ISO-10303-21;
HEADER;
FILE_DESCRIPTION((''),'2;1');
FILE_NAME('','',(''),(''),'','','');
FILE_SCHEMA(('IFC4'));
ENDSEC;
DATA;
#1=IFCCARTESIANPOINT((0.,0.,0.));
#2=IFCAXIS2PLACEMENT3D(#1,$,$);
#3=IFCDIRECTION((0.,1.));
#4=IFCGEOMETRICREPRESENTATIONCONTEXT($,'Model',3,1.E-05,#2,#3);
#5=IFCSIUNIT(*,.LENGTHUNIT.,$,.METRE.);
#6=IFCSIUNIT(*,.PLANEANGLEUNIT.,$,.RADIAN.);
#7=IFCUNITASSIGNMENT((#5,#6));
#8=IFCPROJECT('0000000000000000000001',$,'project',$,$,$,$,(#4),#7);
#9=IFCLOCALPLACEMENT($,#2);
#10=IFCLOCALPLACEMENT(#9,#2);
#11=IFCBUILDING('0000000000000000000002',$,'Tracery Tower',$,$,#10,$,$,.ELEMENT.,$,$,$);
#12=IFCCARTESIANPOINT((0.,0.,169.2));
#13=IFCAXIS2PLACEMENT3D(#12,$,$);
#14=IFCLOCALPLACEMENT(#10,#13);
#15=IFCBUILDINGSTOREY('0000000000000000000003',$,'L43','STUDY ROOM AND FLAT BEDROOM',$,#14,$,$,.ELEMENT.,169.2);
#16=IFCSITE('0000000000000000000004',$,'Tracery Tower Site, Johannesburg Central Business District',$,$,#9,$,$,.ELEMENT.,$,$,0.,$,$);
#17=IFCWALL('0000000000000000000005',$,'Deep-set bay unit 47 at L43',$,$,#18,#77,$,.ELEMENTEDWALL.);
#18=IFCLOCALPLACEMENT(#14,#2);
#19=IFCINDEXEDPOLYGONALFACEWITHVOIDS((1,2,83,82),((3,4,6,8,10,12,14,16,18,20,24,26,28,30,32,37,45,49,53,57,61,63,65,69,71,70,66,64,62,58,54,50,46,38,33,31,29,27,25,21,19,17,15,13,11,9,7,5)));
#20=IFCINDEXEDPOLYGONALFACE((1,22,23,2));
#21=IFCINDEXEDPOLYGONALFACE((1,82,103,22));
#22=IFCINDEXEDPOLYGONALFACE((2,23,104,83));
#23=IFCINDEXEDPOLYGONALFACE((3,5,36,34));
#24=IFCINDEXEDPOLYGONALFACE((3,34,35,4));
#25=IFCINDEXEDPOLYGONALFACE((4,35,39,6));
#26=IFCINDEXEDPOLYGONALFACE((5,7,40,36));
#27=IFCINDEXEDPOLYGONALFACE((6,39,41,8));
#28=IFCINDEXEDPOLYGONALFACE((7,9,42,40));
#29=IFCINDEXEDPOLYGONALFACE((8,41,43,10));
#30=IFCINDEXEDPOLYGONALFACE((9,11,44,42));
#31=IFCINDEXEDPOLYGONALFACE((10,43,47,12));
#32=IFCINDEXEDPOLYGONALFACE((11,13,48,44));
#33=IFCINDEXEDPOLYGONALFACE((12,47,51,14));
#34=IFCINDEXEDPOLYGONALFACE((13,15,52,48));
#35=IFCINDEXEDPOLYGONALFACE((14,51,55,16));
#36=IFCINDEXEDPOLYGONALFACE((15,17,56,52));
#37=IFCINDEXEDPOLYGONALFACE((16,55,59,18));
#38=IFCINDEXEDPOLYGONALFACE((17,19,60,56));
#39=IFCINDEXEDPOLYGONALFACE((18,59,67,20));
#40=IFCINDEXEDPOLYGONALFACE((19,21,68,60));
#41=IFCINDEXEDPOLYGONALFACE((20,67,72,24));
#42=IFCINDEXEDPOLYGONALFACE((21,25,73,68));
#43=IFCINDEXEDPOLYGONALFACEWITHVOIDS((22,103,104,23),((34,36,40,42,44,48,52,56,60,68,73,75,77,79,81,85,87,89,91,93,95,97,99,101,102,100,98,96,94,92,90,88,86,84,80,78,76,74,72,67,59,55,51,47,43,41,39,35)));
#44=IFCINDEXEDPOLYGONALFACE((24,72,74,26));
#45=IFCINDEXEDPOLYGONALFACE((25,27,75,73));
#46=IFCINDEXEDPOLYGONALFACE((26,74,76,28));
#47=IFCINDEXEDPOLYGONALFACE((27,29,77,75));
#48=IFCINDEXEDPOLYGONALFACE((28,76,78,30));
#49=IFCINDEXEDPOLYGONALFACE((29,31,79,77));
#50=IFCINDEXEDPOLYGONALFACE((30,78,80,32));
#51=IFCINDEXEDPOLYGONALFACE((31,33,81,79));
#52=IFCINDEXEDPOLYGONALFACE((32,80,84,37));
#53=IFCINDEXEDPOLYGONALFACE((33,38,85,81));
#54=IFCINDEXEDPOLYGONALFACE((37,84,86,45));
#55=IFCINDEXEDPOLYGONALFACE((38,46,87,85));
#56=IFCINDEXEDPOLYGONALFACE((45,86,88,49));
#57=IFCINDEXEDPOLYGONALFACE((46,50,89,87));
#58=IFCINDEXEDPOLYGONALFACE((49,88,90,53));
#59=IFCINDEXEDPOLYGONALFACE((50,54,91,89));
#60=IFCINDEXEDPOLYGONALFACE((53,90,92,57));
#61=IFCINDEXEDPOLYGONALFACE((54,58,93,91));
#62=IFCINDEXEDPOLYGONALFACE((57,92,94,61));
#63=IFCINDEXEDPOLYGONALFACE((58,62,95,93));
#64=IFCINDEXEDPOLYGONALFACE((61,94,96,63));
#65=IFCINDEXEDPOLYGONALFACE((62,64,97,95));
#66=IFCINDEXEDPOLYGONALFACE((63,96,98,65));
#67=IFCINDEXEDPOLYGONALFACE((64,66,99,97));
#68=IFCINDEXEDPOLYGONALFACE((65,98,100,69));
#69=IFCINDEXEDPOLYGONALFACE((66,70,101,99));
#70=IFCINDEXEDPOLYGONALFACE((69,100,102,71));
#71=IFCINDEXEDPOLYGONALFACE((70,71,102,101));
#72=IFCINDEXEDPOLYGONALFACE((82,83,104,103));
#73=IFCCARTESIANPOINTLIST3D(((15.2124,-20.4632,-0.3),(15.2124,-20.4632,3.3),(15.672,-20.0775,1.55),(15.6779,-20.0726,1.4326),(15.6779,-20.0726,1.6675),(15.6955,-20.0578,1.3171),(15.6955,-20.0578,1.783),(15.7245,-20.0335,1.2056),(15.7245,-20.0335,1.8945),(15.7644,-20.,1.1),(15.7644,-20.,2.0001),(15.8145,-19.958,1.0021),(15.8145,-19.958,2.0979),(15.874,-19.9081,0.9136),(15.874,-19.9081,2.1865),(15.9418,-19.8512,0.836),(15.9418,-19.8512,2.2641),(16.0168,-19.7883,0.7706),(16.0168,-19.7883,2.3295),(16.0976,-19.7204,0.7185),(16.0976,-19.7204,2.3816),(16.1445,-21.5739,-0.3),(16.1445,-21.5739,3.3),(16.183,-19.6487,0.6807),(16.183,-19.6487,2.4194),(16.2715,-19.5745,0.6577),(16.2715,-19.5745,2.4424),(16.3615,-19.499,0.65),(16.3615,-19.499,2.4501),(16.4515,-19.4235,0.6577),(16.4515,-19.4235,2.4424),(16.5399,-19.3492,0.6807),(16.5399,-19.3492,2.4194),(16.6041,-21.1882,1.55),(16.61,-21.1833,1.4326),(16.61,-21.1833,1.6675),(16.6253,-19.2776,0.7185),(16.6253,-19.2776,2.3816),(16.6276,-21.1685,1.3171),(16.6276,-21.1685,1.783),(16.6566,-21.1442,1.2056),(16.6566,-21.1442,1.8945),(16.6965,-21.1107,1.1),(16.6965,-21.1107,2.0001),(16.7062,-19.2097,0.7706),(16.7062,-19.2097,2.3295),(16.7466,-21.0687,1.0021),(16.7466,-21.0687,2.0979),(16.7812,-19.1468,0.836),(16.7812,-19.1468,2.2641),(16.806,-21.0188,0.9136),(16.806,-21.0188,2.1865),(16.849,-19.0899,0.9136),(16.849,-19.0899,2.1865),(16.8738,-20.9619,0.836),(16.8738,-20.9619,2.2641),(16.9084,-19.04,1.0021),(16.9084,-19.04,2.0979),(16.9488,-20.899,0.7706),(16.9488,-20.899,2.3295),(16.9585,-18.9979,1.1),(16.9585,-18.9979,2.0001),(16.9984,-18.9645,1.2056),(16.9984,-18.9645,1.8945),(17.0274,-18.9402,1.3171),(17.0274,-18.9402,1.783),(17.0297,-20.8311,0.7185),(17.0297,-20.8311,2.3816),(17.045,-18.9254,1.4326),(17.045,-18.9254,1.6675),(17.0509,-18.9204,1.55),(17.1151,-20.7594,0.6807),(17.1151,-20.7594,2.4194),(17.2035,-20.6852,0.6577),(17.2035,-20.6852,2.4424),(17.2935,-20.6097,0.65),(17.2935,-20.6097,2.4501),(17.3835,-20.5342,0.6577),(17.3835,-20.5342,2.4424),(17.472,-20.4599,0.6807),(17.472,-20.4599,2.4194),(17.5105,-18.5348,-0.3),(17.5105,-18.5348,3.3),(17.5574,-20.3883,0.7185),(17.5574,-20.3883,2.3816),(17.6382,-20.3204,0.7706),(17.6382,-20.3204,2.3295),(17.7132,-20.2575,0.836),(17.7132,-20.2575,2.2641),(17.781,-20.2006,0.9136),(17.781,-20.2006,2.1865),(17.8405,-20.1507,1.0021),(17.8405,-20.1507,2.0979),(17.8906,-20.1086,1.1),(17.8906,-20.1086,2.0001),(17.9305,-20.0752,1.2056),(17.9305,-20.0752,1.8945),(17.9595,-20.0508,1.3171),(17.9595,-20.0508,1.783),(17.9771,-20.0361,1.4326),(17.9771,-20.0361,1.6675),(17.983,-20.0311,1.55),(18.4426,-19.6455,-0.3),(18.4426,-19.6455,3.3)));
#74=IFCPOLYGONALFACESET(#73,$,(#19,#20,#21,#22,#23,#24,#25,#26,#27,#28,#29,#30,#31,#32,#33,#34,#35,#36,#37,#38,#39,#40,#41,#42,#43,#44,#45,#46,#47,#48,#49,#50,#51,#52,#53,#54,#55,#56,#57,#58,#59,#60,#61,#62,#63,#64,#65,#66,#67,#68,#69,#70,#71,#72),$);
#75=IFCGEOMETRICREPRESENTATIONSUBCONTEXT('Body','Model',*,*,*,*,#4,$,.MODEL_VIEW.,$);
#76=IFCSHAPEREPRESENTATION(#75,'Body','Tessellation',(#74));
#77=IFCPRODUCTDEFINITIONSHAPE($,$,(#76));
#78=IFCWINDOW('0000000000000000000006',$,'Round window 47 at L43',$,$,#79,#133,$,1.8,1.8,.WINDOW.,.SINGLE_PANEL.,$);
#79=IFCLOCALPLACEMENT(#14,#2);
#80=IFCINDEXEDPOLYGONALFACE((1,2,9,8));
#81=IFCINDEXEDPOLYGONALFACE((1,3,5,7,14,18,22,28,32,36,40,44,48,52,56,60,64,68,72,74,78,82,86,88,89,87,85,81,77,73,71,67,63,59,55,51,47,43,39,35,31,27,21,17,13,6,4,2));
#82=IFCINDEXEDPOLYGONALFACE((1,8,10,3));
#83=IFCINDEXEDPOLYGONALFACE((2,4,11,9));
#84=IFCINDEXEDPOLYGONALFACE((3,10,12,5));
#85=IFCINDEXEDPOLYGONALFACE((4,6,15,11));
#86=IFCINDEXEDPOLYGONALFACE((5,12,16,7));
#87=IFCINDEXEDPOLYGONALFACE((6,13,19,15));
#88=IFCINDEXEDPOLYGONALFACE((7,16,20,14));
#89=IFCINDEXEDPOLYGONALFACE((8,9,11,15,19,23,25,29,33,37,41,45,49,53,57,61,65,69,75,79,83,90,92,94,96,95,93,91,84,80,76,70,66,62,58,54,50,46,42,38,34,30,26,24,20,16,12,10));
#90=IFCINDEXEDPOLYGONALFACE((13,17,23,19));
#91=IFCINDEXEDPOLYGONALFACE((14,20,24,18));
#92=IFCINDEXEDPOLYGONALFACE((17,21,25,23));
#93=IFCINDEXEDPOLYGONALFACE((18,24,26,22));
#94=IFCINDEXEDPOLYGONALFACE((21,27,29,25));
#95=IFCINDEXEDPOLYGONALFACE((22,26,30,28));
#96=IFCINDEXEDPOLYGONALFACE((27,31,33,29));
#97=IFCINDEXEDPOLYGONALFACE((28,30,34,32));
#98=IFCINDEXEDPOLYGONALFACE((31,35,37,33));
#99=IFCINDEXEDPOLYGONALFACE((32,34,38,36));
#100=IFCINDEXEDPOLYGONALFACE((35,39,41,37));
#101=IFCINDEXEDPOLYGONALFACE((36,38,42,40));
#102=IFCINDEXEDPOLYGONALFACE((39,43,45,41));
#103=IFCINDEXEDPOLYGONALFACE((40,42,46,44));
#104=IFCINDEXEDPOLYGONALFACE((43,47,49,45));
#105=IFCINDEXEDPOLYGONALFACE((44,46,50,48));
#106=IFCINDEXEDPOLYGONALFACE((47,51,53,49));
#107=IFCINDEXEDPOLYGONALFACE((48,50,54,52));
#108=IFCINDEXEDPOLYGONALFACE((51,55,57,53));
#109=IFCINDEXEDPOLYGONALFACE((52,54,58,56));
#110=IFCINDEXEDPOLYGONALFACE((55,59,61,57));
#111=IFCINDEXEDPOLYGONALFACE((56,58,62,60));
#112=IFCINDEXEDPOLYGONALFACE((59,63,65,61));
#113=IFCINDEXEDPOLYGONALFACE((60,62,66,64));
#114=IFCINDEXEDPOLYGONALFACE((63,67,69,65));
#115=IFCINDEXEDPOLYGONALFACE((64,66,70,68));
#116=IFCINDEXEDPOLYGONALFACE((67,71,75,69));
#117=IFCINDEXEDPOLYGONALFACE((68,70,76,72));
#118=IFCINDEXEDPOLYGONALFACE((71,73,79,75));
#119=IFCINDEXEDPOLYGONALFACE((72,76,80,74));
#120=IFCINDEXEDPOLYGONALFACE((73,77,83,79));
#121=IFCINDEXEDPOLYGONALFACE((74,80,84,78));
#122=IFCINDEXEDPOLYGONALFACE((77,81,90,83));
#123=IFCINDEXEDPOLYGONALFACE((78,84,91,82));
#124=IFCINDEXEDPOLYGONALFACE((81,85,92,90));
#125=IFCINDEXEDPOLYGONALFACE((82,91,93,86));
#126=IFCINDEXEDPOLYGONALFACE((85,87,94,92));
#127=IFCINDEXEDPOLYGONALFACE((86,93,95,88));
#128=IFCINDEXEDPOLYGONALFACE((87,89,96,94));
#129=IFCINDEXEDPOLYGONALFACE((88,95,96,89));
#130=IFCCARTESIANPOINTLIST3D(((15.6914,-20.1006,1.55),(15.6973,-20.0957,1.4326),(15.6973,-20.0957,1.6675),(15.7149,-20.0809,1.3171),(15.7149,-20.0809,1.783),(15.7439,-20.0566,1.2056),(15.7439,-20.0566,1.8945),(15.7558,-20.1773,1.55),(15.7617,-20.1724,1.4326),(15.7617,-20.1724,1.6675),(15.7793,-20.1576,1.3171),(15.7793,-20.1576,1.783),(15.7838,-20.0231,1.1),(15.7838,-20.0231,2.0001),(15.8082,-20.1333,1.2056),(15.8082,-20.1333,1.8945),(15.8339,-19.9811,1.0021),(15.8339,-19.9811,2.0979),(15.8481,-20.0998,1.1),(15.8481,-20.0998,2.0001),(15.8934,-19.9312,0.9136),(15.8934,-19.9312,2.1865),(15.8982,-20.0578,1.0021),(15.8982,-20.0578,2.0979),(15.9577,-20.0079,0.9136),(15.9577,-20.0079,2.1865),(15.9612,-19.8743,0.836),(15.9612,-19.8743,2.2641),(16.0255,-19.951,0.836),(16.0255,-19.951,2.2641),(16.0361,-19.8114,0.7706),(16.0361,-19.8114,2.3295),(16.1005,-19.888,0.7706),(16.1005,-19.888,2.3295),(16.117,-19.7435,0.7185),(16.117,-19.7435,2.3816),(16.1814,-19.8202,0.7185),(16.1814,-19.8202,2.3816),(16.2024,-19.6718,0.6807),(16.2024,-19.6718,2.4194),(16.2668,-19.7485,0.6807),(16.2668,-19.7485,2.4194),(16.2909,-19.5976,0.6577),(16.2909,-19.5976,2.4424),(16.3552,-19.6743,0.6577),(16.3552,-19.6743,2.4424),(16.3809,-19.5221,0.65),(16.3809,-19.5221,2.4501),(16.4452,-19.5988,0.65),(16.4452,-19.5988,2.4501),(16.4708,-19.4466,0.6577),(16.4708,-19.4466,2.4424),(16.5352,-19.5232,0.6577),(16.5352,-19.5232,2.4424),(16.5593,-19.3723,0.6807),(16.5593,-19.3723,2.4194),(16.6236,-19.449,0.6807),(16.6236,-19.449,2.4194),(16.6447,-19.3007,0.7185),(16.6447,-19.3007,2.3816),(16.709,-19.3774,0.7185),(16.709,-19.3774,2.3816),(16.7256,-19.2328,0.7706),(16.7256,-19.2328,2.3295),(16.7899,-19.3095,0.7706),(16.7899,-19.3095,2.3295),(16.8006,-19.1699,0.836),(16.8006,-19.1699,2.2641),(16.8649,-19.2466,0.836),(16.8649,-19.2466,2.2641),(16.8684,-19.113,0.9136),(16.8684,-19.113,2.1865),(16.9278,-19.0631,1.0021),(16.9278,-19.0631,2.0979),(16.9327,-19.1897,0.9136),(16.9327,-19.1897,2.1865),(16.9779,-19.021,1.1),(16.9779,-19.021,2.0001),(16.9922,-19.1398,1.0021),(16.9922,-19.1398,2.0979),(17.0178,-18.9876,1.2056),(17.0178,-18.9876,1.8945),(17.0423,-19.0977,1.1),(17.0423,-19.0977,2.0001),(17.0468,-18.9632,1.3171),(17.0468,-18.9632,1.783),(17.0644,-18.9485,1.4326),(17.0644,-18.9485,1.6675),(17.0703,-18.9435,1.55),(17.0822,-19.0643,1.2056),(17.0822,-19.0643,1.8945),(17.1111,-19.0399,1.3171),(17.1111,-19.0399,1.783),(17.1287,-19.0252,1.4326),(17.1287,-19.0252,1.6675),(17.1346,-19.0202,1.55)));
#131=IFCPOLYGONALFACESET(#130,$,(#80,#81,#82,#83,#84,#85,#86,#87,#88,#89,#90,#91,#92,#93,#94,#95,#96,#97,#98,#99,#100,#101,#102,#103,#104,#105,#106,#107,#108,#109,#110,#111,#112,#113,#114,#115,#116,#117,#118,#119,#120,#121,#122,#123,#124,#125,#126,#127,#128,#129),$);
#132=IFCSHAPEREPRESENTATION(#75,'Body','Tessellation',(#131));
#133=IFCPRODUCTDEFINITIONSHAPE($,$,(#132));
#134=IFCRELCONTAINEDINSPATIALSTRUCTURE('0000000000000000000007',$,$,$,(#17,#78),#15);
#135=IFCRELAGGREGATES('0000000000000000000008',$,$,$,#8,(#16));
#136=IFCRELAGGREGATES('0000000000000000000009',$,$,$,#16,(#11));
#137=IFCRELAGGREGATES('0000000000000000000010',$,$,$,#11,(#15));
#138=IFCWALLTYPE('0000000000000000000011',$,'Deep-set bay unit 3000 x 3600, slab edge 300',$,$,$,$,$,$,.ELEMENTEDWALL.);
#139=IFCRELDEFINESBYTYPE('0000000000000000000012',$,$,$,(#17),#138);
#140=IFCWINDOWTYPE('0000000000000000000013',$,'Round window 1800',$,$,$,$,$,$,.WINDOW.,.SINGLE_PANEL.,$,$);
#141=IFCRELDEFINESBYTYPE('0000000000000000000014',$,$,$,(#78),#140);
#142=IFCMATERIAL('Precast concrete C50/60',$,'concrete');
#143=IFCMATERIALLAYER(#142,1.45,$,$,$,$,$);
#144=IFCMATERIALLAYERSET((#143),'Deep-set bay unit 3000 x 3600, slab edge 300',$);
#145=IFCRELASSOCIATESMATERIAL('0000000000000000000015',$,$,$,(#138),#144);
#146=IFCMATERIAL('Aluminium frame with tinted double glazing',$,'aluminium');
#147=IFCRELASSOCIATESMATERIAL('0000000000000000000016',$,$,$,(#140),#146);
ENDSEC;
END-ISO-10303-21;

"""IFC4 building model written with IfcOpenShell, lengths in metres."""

from ifc_helpers import new_model, si_unit, direction, frame, frame_2d, origin, origin_2d, place, context, subcontext, project, spatial, rectangle, circle, extrude, material, layer, layer_set, type_object, element, fill, save


model = new_model("IFC4")

# Units and contexts
model_context = context("Model", 3, precision=1e-05, world=origin(), true_north=direction((0.0, 1.0)))
body_context = subcontext(model_context, "Body", "Model", "MODEL_VIEW")
ifc_project = project(units=[si_unit("LENGTHUNIT", "METRE"), si_unit("PLANEANGLEUNIT", "RADIAN")], contexts=[model_context])

# Site, building, storey
site_placement = place(None, origin())
site = spatial("IfcSite", under=ifc_project, at=site_placement, Name="Tracery Tower Site, Johannesburg Central Business District", CompositionType="ELEMENT", RefElevation=0.0)
building_placement = place(site_placement, origin())
building = spatial("IfcBuilding", under=site, at=building_placement, Name="Tracery Tower", CompositionType="ELEMENT")
storey_placement = place(building_placement, frame((0.0, 0.0, 169.2)))
storey = spatial("IfcBuildingStorey", under=building, at=storey_placement, Name="L43", Description="STUDY ROOM AND FLAT BEDROOM", CompositionType="ELEMENT", Elevation=169.2)

# Wall, opening, window
ifc_material_1 = material(Name="Precast concrete C50/60", Category="concrete")
ifc_layer_1 = layer(ifc_material_1, 1.45)
ifc_layer_set_1 = layer_set([ifc_layer_1], Name="Deep-set bay unit 3000 x 3600, slab edge 300")
wall_type_1 = type_object("IfcWallType", Name="Deep-set bay unit 3000 x 3600, slab edge 300", PredefinedType="ELEMENTEDWALL", material=ifc_layer_set_1)
wall_1_placement = place(storey_placement, frame((15.6785, -21.0186, -0.3), z_axis=(0.0, 0.0, 1.0), x_axis=(0.766022, 0.642814, 0.0)))
wall_1 = element("IfcWall", 1, at=wall_1_placement, inside=storey, type_object=wall_type_1, Name="Deep-set bay unit 47 at L43", PredefinedType="ELEMENTEDWALL", context=body_context, shape_type="SweptSolid", body=[
    extrude(rectangle(XDim=3.0, YDim=1.45, at=frame_2d((1.5, 0.0))), origin(), (0.0, 0.0, 1.0), 3.6001),
])
opening_1_placement = place(wall_1_placement, frame((1.5, 0.0, 1.8501)))
opening_1 = element("IfcOpeningElement", 2, at=opening_1_placement, cuts=wall_1, PredefinedType="OPENING", context=body_context, shape_type="SweptSolid", body=[
    extrude(circle(Radius=0.9, at=origin_2d()), frame((0.0, 0.7349, 0.0), z_axis=(0.0, -1.0, 0.0), x_axis=(1.0, 0.0, 0.0)), (0.0, 0.0, 1.0), 1.47),
])
ifc_material_2 = material(Name="Aluminium frame with tinted double glazing", Category="aluminium")
window_type = type_object("IfcWindowType", Name="Round window 1800", PartitioningType="SINGLE_PANEL", PredefinedType="WINDOW", material=ifc_material_2)
window_1_placement = place(opening_1_placement, origin())
window_1 = element("IfcWindow", 3, at=window_1_placement, inside=storey, type_object=window_type, Name="Round window 47 at L43", OverallHeight=1.8, OverallWidth=1.8, PartitioningType="SINGLE_PANEL", PredefinedType="WINDOW", context=body_context, shape_type="SweptSolid", body=[
    extrude(circle(Radius=0.9, at=origin_2d()), frame((0.0, 0.6948, 0.0), z_axis=(0.0, -1.0, 0.0), x_axis=(1.0, 0.0, 0.0)), (0.0, 0.0, 1.0), 0.1001),
])
fill(opening_1, window_1)

save(model, "model.ifc")
